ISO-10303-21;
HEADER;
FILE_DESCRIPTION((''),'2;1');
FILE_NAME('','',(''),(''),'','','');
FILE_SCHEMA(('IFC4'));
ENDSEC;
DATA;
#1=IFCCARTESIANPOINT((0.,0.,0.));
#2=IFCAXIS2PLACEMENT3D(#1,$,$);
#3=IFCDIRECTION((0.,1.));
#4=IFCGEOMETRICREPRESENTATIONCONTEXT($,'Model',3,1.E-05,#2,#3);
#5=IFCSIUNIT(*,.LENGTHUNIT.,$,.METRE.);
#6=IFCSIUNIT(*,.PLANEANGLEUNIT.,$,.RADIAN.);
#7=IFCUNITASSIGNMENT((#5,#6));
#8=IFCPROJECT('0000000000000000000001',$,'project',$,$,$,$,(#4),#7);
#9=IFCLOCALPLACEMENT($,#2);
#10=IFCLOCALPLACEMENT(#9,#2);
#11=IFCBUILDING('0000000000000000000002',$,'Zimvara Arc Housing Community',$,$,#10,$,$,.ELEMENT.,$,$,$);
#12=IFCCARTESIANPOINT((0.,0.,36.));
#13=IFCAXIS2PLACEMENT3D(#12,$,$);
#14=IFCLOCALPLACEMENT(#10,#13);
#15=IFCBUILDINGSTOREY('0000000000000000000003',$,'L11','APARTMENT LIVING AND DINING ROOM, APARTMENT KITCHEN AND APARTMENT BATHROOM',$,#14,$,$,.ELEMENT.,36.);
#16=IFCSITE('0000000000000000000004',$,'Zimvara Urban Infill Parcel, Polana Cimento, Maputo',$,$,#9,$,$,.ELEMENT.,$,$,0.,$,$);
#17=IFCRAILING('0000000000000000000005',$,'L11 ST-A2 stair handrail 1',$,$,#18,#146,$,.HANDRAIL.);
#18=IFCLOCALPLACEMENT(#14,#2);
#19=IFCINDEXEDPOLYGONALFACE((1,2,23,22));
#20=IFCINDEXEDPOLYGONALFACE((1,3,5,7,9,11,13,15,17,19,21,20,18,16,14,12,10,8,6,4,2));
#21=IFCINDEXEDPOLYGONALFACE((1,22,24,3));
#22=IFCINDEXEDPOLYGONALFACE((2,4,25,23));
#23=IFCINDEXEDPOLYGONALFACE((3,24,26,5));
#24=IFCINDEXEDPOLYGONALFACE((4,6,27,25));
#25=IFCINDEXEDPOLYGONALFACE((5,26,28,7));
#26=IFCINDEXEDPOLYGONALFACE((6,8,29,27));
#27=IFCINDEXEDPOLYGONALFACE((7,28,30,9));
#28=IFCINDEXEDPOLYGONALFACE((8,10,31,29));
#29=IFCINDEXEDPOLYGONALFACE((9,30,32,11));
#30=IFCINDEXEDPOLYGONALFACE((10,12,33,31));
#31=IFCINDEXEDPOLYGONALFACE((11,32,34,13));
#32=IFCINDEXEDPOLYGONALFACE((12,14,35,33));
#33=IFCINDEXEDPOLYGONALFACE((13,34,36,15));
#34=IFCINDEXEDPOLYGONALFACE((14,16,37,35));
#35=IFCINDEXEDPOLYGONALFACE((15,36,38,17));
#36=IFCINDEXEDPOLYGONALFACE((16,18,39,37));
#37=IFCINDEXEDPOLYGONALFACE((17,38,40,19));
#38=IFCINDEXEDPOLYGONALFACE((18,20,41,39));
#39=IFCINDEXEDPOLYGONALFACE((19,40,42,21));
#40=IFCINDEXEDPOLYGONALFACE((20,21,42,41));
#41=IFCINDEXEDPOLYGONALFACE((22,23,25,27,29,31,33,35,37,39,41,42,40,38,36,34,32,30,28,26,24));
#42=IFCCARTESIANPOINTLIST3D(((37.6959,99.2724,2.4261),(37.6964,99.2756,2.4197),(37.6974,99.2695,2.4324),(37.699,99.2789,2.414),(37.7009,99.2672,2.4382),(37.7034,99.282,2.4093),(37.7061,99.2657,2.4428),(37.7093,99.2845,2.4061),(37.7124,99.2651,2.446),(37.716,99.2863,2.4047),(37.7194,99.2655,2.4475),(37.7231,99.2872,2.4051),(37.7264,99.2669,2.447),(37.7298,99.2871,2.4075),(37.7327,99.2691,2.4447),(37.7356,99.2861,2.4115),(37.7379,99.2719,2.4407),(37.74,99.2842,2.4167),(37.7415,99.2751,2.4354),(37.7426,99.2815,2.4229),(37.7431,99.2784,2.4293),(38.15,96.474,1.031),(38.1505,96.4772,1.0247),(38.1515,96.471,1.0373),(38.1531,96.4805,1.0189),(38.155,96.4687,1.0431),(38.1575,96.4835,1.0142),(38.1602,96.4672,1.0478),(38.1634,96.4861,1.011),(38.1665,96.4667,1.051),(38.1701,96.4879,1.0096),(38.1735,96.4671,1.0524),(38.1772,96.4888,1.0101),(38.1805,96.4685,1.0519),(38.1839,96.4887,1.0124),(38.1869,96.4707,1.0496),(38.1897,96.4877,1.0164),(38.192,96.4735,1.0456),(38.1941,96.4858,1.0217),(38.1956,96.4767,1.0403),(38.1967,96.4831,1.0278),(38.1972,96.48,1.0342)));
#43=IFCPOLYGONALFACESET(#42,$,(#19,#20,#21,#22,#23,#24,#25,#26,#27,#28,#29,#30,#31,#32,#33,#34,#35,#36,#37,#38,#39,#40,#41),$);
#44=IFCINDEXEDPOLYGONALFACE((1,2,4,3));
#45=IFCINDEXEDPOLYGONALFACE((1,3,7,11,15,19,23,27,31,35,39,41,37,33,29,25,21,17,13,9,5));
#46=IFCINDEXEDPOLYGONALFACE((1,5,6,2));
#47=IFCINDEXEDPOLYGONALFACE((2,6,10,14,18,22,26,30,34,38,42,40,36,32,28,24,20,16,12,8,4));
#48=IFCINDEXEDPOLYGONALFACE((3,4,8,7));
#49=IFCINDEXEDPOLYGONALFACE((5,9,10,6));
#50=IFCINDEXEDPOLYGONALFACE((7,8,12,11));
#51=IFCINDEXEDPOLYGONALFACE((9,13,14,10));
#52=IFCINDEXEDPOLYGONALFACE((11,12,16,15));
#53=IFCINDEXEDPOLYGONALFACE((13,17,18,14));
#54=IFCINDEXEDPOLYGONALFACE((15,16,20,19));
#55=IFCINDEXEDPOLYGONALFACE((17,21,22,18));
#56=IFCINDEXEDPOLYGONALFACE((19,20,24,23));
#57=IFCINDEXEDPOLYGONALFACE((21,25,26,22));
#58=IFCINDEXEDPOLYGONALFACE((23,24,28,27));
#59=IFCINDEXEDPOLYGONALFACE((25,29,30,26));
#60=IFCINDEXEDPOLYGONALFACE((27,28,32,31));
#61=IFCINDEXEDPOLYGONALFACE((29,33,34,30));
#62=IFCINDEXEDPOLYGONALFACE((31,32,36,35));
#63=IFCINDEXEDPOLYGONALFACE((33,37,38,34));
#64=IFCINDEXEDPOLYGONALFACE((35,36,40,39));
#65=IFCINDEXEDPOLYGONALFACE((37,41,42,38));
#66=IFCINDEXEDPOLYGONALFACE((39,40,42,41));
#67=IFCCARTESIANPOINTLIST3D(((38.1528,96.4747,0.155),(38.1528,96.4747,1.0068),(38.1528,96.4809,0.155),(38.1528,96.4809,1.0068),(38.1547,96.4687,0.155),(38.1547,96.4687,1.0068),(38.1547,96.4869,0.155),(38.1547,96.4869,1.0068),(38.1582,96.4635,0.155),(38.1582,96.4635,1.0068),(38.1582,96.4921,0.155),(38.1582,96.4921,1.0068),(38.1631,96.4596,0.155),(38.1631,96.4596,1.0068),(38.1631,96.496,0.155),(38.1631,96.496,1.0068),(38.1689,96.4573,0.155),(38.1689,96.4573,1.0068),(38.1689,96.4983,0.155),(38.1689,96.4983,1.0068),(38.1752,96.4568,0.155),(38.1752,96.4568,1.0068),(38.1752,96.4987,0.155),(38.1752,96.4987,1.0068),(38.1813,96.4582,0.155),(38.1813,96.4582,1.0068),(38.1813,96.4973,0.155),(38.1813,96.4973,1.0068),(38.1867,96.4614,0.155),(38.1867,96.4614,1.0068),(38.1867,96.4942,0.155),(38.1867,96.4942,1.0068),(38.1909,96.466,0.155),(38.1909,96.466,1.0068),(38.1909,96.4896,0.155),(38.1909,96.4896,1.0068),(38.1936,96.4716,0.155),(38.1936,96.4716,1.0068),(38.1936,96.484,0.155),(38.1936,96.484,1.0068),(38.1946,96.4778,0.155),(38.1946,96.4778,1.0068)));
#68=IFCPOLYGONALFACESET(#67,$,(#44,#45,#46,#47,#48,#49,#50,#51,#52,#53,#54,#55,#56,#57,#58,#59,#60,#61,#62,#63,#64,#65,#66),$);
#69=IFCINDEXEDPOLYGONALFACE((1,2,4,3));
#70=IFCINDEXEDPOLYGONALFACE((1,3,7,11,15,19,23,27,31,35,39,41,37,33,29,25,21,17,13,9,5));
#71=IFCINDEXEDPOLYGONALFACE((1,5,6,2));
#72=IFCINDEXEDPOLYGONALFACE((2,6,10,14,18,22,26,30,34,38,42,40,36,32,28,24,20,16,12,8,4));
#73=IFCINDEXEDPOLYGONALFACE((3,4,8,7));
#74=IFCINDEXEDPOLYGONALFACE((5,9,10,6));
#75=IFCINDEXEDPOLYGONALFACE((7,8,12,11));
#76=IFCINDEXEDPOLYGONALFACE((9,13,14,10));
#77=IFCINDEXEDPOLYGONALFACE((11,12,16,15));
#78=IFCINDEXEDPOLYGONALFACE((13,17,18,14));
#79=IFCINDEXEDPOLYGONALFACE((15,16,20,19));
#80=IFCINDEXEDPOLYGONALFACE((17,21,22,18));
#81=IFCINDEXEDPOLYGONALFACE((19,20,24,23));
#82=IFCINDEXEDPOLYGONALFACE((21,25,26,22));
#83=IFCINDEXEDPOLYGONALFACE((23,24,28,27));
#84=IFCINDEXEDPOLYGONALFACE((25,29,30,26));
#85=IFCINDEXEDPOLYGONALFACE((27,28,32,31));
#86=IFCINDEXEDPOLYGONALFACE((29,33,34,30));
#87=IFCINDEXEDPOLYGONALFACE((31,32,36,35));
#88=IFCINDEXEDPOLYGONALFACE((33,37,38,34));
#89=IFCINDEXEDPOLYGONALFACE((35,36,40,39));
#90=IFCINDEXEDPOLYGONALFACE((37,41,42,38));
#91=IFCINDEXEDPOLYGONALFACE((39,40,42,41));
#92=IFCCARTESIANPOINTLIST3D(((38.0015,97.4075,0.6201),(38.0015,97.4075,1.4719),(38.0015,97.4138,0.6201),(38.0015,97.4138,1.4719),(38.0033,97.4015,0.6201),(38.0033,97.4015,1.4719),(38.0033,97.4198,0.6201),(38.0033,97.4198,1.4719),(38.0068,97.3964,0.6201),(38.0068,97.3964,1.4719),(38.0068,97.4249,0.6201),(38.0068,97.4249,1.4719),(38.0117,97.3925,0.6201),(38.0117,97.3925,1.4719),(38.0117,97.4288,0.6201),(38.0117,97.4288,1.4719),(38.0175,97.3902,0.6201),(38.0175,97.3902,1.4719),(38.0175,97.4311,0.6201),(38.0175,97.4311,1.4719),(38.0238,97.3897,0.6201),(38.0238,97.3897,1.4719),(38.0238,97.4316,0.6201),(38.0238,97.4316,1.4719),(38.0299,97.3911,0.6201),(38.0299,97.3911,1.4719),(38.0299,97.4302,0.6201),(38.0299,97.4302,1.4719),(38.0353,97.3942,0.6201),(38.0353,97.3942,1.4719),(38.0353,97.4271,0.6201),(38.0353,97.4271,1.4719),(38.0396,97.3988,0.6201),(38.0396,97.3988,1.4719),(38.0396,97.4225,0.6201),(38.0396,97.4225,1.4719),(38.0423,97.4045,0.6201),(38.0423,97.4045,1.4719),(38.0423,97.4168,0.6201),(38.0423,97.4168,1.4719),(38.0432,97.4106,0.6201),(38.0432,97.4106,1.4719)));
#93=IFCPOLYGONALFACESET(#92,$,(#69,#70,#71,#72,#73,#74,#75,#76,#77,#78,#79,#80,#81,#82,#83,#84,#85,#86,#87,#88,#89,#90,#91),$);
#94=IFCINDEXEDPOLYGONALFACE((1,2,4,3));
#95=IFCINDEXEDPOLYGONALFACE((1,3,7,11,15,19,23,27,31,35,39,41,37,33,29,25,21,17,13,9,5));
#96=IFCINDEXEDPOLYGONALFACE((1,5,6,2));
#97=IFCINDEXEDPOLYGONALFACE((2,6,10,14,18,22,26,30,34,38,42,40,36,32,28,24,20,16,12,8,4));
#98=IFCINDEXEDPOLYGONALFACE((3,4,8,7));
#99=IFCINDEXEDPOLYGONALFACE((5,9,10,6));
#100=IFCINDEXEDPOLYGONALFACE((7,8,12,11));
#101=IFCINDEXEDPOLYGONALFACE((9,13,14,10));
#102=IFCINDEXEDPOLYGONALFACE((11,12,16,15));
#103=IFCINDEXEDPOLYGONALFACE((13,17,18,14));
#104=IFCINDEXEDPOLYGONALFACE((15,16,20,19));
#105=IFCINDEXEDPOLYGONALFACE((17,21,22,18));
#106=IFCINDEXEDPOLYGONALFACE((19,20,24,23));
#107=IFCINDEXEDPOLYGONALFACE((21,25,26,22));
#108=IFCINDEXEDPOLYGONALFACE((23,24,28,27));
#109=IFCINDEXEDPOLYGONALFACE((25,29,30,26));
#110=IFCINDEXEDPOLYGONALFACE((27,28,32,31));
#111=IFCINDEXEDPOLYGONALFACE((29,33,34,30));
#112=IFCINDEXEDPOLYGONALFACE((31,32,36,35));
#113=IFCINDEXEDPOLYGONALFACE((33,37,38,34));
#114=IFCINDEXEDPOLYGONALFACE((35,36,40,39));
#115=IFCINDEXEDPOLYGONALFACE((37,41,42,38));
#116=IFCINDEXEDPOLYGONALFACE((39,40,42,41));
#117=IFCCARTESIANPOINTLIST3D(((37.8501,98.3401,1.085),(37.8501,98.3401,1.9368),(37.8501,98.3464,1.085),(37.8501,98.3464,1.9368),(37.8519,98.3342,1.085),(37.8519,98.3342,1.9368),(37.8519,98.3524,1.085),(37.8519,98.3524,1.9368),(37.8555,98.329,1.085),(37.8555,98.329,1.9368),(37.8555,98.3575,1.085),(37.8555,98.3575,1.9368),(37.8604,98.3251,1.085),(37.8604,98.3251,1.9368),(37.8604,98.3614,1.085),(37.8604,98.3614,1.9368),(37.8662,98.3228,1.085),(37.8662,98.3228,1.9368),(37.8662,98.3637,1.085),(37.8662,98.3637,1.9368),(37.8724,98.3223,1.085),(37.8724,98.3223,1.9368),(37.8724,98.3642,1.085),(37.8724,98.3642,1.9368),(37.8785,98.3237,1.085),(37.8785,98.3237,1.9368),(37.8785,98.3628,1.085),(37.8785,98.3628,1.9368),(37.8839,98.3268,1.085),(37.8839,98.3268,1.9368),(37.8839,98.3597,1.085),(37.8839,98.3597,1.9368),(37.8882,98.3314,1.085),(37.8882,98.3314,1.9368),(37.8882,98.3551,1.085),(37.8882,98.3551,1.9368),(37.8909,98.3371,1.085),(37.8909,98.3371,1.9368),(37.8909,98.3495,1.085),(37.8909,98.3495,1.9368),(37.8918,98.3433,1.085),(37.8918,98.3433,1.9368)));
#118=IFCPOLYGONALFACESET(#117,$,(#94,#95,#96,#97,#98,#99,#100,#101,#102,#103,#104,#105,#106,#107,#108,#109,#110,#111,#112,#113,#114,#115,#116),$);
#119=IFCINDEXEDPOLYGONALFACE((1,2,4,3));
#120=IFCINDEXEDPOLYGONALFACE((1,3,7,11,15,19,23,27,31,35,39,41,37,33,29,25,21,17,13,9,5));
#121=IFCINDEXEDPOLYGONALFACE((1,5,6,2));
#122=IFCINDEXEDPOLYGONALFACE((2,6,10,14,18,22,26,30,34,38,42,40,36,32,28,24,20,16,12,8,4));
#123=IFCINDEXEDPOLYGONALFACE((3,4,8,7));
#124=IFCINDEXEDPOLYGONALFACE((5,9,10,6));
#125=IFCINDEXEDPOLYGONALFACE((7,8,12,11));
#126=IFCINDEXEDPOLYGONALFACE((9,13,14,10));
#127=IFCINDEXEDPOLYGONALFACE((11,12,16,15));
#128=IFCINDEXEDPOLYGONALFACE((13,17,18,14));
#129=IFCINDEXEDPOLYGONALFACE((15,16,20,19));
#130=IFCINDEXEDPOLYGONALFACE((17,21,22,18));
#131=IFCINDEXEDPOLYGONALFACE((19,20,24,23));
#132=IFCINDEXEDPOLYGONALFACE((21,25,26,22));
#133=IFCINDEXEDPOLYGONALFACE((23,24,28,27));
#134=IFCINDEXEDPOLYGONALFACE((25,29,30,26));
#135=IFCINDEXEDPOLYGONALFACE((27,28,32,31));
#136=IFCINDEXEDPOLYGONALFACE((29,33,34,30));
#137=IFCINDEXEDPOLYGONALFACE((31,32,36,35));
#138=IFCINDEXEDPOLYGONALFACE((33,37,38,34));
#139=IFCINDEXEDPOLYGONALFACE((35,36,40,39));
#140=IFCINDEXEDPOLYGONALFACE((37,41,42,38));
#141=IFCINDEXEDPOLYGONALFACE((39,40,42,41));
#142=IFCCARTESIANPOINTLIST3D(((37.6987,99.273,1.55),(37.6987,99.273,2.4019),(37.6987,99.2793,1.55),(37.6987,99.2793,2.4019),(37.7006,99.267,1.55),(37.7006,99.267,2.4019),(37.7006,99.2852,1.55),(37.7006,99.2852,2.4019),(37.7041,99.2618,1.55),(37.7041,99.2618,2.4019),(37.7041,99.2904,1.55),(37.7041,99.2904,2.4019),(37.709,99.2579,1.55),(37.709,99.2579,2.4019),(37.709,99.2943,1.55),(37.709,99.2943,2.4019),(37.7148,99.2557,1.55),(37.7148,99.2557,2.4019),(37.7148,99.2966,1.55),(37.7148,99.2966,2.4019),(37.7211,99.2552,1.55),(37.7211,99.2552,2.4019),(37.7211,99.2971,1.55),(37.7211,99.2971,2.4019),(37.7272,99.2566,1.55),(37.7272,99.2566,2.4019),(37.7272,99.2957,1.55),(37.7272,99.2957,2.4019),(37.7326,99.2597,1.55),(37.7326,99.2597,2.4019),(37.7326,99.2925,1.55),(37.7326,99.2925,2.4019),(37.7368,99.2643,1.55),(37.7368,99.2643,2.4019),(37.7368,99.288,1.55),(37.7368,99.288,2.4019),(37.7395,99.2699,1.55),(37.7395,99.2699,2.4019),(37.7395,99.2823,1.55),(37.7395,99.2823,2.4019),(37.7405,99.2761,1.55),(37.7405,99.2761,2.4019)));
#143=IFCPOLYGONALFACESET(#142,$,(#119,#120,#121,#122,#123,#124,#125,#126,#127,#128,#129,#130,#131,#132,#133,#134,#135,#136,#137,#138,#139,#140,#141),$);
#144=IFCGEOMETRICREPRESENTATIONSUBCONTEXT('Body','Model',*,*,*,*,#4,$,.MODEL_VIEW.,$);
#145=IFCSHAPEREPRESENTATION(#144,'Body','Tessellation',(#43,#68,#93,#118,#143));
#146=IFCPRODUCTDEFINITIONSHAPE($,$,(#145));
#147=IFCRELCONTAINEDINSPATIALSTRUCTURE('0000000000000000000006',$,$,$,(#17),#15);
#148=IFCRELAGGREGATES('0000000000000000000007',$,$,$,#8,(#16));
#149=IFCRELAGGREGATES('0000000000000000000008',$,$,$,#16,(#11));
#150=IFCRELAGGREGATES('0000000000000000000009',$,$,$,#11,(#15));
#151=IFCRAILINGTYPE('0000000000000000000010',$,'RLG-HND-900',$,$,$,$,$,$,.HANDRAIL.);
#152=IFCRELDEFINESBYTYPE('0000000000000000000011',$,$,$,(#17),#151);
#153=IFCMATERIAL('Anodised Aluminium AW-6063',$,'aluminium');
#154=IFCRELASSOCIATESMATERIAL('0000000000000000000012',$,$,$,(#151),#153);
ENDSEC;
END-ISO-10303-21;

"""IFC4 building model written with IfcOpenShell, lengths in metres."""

from ifc_helpers import new_model, si_unit, direction, frame, origin, origin_2d, place, context, subcontext, project, spatial, circle, extrude, material, type_object, element, save


model = new_model("IFC4")

# Units and contexts
model_context = context("Model", 3, precision=1e-05, world=origin(), true_north=direction((0.0, 1.0)))
body_context = subcontext(model_context, "Body", "Model", "MODEL_VIEW")
ifc_project = project(units=[si_unit("LENGTHUNIT", "METRE"), si_unit("PLANEANGLEUNIT", "RADIAN")], contexts=[model_context])

# Site, building, storey
site_placement = place(None, origin())
site = spatial("IfcSite", under=ifc_project, at=site_placement, Name="Zimvara Urban Infill Parcel, Polana Cimento, Maputo", CompositionType="ELEMENT", RefElevation=0.0)
building_placement = place(site_placement, origin())
building = spatial("IfcBuilding", under=site, at=building_placement, Name="Zimvara Arc Housing Community", CompositionType="ELEMENT")
storey_placement = place(building_placement, frame((0.0, 0.0, 36.0)))
storey = spatial("IfcBuildingStorey", under=building, at=storey_placement, Name="L11", Description="APARTMENT LIVING AND DINING ROOM, APARTMENT KITCHEN AND APARTMENT BATHROOM", CompositionType="ELEMENT", Elevation=36.0)

# Railing
ifc_material_1 = material(Name="Anodised Aluminium AW-6063", Category="aluminium")
railing_type_1 = type_object("IfcRailingType", Name="RLG-HND-900", PredefinedType="HANDRAIL", material=ifc_material_1)
railing_1_placement = place(storey_placement, frame((38.1736, 96.4778, 0.155)))
element("IfcRailing", 1, at=railing_1_placement, inside=storey, type_object=railing_type_1, Name="L11 ST-A2 stair handrail 1", PredefinedType="HANDRAIL", context=body_context, shape_type="SweptSolid", body=[
    extrude(circle(Radius=0.0239, at=origin_2d()), frame((0.0, 0.0, 0.876), z_axis=(-0.143722, 0.885666, 0.44152), x_axis=(-0.987088, -0.16018, 0.0)), (0.0, 0.0, 1.0), 3.1597),
    extrude(circle(Radius=0.021, at=origin_2d()), origin(), (0.0, 0.0, 1.0), 0.8518),
    extrude(circle(Radius=0.021, at=origin_2d()), frame((-0.1514, 0.9329, 0.4651)), (0.0, 0.0, 1.0), 0.8518),
    extrude(circle(Radius=0.021, at=origin_2d()), frame((-0.3027, 1.8655, 0.9299)), (0.0, 0.0, 1.0), 0.8518),
    extrude(circle(Radius=0.021, at=origin_2d()), frame((-0.4541, 2.7983, 1.395)), (0.0, 0.0, 1.0), 0.8518),
])

save(model, "model.ifc")
